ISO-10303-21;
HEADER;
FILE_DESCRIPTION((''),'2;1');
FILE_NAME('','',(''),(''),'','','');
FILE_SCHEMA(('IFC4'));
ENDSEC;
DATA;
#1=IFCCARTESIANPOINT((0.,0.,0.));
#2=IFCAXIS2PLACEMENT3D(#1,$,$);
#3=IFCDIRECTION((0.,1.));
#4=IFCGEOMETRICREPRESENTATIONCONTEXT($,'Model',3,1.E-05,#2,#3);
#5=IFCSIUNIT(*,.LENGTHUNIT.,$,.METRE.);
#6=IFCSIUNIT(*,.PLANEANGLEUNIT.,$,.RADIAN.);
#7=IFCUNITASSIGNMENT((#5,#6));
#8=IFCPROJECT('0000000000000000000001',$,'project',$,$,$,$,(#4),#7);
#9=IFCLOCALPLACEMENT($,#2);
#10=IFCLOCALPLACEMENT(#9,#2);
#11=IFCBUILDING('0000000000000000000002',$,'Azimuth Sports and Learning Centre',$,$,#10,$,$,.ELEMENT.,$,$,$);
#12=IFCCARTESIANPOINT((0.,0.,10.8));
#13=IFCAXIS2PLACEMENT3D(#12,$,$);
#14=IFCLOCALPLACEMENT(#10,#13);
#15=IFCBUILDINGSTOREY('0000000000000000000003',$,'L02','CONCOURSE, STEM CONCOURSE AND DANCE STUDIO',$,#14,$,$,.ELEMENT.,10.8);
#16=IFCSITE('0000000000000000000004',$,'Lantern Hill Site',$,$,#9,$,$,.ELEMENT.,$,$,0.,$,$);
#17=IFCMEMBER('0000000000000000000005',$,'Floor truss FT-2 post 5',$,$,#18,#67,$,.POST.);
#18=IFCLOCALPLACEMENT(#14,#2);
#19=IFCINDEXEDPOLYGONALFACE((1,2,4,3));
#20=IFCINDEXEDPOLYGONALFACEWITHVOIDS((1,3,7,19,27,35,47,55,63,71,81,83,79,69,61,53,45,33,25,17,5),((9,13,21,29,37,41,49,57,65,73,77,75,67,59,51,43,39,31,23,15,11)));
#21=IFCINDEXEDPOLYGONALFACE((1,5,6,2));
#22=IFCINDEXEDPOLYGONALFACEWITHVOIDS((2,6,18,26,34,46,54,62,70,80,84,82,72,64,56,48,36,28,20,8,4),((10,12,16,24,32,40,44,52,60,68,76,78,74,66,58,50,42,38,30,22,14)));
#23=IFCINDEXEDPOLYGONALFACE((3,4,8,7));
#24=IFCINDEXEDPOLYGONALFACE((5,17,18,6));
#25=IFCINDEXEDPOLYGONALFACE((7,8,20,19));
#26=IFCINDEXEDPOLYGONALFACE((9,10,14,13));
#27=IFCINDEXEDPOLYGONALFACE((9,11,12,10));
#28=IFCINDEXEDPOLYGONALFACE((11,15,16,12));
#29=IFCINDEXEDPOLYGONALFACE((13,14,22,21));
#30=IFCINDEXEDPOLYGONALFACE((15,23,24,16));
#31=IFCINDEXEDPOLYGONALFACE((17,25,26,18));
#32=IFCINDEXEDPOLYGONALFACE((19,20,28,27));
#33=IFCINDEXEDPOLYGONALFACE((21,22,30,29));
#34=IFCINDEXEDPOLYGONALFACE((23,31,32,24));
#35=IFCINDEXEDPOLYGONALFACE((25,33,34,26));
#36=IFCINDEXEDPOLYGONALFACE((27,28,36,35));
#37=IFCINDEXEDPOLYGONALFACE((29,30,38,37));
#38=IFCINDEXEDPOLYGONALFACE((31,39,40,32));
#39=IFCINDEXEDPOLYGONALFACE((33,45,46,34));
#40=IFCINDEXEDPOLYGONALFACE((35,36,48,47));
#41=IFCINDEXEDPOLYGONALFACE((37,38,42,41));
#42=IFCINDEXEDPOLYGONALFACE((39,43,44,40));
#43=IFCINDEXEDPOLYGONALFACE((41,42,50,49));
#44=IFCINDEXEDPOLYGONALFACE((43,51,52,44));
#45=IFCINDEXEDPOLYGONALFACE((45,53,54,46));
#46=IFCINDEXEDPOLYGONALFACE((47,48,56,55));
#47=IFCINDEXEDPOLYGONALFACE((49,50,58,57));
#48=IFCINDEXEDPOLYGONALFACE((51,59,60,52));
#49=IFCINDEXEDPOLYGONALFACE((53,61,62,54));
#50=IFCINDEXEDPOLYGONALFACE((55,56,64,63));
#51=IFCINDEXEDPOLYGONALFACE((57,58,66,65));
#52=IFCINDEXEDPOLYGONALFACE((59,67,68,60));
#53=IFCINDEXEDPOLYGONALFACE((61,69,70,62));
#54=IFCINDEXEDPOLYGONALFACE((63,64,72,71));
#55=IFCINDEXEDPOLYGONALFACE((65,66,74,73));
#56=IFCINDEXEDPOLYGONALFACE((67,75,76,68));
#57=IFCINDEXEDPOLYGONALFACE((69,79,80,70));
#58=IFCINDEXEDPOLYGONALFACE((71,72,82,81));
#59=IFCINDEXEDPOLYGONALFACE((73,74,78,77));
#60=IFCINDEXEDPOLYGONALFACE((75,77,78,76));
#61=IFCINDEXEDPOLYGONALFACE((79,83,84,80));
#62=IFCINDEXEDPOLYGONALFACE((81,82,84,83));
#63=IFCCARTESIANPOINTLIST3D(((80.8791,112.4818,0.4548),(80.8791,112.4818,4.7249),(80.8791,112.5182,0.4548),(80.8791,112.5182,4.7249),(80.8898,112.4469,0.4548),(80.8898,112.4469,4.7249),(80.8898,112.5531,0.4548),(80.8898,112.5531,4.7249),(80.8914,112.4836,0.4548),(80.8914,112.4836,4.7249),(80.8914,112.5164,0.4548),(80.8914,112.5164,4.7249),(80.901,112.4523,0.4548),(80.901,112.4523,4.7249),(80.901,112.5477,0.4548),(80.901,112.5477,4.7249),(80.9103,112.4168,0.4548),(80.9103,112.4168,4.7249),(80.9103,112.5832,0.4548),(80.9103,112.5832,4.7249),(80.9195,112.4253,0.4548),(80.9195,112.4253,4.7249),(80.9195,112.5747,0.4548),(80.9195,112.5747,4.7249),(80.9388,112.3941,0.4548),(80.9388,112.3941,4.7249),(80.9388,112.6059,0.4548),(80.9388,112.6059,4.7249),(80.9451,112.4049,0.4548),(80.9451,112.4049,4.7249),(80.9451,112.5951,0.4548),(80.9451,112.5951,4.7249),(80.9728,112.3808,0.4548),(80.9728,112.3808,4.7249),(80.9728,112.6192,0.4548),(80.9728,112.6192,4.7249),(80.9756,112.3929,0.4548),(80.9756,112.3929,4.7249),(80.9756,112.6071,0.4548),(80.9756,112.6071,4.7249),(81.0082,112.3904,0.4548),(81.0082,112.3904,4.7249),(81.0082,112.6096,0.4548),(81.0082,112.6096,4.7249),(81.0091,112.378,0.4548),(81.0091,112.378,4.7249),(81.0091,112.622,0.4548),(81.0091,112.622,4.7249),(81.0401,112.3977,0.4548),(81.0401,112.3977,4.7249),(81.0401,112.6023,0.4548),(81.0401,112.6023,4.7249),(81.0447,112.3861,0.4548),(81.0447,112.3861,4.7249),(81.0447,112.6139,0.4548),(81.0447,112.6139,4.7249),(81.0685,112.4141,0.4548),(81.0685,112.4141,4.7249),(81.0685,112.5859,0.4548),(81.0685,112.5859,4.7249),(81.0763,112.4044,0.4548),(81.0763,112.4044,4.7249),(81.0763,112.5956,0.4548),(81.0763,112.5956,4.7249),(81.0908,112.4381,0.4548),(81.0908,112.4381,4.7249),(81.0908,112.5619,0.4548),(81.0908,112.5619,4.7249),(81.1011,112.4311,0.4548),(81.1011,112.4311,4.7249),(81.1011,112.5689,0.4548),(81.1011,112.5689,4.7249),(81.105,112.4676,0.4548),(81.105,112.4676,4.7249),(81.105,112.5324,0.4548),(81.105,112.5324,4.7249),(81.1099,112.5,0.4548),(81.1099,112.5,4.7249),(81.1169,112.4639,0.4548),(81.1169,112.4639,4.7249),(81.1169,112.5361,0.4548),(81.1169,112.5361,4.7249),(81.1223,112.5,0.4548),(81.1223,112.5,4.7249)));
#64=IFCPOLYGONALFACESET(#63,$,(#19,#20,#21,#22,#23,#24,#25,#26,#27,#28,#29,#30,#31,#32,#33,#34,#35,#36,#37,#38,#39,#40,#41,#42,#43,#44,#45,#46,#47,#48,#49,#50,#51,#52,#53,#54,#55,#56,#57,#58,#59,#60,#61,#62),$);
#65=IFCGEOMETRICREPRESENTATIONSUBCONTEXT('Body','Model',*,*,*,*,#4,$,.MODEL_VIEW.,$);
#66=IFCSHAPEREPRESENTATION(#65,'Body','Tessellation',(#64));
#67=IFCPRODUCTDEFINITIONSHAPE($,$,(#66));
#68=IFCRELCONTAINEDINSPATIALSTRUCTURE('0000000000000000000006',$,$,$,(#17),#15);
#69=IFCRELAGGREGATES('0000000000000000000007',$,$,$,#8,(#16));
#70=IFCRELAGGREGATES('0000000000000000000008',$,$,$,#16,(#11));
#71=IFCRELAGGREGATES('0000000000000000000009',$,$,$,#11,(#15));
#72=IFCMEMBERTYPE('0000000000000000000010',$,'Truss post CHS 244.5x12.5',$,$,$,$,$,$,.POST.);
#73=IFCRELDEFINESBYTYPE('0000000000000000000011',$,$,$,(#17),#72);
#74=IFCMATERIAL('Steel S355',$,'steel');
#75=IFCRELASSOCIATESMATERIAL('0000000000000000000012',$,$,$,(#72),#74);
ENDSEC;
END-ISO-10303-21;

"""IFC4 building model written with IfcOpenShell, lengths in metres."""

from ifc_helpers import new_model, si_unit, direction, frame, origin, origin_2d, place, context, subcontext, project, spatial, hollow_circle, extrude, material, material_profile, profile_set, type_object, element, save


model = new_model("IFC4")

# Units and contexts
model_context = context("Model", 3, precision=1e-05, world=origin(), true_north=direction((0.0, 1.0)))
body_context = subcontext(model_context, "Body", "Model", "MODEL_VIEW")
ifc_project = project(units=[si_unit("LENGTHUNIT", "METRE"), si_unit("PLANEANGLEUNIT", "RADIAN")], contexts=[model_context])

# Site, building, storey
site_placement = place(None, origin())
site = spatial("IfcSite", under=ifc_project, at=site_placement, Name="Lantern Hill Site", CompositionType="ELEMENT", RefElevation=0.0)
building_placement = place(site_placement, origin())
building = spatial("IfcBuilding", under=site, at=building_placement, Name="Azimuth Sports and Learning Centre", CompositionType="ELEMENT")
storey_placement = place(building_placement, frame((0.0, 0.0, 10.8)))
storey = spatial("IfcBuildingStorey", under=building, at=storey_placement, Name="L02", Description="CONCOURSE, STEM CONCOURSE AND DANCE STUDIO", CompositionType="ELEMENT", Elevation=10.8)

# Member
ifc_material_1 = material(Name="Steel S355", Category="steel")
ifc_material_profile_1 = material_profile(ifc_material_1, hollow_circle(Radius=0.1223, WallThickness=0.0125, at=origin_2d()), Name="CHS 244.5x12.5")
ifc_profile_set_1 = profile_set([ifc_material_profile_1], Name="Steel S355")
member_type_1 = type_object("IfcMemberType", Name="Truss post CHS 244.5x12.5", PredefinedType="POST", material=ifc_profile_set_1)
member_1_placement = place(storey_placement, frame((81.0, 112.5, 0.4548), z_axis=(0.0, 0.0, 1.0), x_axis=(1.0, 0.0, 0.0)))
element("IfcMember", 1, at=member_1_placement, inside=storey, type_object=member_type_1, Name="Floor truss FT-2 post 5", PredefinedType="POST", context=body_context, shape_type="SweptSolid", body=[
    extrude(hollow_circle(Radius=0.1223, WallThickness=0.0125, at=origin_2d()), origin(), (0.0, 0.0, 1.0), 4.27),
])

save(model, "model.ifc")
